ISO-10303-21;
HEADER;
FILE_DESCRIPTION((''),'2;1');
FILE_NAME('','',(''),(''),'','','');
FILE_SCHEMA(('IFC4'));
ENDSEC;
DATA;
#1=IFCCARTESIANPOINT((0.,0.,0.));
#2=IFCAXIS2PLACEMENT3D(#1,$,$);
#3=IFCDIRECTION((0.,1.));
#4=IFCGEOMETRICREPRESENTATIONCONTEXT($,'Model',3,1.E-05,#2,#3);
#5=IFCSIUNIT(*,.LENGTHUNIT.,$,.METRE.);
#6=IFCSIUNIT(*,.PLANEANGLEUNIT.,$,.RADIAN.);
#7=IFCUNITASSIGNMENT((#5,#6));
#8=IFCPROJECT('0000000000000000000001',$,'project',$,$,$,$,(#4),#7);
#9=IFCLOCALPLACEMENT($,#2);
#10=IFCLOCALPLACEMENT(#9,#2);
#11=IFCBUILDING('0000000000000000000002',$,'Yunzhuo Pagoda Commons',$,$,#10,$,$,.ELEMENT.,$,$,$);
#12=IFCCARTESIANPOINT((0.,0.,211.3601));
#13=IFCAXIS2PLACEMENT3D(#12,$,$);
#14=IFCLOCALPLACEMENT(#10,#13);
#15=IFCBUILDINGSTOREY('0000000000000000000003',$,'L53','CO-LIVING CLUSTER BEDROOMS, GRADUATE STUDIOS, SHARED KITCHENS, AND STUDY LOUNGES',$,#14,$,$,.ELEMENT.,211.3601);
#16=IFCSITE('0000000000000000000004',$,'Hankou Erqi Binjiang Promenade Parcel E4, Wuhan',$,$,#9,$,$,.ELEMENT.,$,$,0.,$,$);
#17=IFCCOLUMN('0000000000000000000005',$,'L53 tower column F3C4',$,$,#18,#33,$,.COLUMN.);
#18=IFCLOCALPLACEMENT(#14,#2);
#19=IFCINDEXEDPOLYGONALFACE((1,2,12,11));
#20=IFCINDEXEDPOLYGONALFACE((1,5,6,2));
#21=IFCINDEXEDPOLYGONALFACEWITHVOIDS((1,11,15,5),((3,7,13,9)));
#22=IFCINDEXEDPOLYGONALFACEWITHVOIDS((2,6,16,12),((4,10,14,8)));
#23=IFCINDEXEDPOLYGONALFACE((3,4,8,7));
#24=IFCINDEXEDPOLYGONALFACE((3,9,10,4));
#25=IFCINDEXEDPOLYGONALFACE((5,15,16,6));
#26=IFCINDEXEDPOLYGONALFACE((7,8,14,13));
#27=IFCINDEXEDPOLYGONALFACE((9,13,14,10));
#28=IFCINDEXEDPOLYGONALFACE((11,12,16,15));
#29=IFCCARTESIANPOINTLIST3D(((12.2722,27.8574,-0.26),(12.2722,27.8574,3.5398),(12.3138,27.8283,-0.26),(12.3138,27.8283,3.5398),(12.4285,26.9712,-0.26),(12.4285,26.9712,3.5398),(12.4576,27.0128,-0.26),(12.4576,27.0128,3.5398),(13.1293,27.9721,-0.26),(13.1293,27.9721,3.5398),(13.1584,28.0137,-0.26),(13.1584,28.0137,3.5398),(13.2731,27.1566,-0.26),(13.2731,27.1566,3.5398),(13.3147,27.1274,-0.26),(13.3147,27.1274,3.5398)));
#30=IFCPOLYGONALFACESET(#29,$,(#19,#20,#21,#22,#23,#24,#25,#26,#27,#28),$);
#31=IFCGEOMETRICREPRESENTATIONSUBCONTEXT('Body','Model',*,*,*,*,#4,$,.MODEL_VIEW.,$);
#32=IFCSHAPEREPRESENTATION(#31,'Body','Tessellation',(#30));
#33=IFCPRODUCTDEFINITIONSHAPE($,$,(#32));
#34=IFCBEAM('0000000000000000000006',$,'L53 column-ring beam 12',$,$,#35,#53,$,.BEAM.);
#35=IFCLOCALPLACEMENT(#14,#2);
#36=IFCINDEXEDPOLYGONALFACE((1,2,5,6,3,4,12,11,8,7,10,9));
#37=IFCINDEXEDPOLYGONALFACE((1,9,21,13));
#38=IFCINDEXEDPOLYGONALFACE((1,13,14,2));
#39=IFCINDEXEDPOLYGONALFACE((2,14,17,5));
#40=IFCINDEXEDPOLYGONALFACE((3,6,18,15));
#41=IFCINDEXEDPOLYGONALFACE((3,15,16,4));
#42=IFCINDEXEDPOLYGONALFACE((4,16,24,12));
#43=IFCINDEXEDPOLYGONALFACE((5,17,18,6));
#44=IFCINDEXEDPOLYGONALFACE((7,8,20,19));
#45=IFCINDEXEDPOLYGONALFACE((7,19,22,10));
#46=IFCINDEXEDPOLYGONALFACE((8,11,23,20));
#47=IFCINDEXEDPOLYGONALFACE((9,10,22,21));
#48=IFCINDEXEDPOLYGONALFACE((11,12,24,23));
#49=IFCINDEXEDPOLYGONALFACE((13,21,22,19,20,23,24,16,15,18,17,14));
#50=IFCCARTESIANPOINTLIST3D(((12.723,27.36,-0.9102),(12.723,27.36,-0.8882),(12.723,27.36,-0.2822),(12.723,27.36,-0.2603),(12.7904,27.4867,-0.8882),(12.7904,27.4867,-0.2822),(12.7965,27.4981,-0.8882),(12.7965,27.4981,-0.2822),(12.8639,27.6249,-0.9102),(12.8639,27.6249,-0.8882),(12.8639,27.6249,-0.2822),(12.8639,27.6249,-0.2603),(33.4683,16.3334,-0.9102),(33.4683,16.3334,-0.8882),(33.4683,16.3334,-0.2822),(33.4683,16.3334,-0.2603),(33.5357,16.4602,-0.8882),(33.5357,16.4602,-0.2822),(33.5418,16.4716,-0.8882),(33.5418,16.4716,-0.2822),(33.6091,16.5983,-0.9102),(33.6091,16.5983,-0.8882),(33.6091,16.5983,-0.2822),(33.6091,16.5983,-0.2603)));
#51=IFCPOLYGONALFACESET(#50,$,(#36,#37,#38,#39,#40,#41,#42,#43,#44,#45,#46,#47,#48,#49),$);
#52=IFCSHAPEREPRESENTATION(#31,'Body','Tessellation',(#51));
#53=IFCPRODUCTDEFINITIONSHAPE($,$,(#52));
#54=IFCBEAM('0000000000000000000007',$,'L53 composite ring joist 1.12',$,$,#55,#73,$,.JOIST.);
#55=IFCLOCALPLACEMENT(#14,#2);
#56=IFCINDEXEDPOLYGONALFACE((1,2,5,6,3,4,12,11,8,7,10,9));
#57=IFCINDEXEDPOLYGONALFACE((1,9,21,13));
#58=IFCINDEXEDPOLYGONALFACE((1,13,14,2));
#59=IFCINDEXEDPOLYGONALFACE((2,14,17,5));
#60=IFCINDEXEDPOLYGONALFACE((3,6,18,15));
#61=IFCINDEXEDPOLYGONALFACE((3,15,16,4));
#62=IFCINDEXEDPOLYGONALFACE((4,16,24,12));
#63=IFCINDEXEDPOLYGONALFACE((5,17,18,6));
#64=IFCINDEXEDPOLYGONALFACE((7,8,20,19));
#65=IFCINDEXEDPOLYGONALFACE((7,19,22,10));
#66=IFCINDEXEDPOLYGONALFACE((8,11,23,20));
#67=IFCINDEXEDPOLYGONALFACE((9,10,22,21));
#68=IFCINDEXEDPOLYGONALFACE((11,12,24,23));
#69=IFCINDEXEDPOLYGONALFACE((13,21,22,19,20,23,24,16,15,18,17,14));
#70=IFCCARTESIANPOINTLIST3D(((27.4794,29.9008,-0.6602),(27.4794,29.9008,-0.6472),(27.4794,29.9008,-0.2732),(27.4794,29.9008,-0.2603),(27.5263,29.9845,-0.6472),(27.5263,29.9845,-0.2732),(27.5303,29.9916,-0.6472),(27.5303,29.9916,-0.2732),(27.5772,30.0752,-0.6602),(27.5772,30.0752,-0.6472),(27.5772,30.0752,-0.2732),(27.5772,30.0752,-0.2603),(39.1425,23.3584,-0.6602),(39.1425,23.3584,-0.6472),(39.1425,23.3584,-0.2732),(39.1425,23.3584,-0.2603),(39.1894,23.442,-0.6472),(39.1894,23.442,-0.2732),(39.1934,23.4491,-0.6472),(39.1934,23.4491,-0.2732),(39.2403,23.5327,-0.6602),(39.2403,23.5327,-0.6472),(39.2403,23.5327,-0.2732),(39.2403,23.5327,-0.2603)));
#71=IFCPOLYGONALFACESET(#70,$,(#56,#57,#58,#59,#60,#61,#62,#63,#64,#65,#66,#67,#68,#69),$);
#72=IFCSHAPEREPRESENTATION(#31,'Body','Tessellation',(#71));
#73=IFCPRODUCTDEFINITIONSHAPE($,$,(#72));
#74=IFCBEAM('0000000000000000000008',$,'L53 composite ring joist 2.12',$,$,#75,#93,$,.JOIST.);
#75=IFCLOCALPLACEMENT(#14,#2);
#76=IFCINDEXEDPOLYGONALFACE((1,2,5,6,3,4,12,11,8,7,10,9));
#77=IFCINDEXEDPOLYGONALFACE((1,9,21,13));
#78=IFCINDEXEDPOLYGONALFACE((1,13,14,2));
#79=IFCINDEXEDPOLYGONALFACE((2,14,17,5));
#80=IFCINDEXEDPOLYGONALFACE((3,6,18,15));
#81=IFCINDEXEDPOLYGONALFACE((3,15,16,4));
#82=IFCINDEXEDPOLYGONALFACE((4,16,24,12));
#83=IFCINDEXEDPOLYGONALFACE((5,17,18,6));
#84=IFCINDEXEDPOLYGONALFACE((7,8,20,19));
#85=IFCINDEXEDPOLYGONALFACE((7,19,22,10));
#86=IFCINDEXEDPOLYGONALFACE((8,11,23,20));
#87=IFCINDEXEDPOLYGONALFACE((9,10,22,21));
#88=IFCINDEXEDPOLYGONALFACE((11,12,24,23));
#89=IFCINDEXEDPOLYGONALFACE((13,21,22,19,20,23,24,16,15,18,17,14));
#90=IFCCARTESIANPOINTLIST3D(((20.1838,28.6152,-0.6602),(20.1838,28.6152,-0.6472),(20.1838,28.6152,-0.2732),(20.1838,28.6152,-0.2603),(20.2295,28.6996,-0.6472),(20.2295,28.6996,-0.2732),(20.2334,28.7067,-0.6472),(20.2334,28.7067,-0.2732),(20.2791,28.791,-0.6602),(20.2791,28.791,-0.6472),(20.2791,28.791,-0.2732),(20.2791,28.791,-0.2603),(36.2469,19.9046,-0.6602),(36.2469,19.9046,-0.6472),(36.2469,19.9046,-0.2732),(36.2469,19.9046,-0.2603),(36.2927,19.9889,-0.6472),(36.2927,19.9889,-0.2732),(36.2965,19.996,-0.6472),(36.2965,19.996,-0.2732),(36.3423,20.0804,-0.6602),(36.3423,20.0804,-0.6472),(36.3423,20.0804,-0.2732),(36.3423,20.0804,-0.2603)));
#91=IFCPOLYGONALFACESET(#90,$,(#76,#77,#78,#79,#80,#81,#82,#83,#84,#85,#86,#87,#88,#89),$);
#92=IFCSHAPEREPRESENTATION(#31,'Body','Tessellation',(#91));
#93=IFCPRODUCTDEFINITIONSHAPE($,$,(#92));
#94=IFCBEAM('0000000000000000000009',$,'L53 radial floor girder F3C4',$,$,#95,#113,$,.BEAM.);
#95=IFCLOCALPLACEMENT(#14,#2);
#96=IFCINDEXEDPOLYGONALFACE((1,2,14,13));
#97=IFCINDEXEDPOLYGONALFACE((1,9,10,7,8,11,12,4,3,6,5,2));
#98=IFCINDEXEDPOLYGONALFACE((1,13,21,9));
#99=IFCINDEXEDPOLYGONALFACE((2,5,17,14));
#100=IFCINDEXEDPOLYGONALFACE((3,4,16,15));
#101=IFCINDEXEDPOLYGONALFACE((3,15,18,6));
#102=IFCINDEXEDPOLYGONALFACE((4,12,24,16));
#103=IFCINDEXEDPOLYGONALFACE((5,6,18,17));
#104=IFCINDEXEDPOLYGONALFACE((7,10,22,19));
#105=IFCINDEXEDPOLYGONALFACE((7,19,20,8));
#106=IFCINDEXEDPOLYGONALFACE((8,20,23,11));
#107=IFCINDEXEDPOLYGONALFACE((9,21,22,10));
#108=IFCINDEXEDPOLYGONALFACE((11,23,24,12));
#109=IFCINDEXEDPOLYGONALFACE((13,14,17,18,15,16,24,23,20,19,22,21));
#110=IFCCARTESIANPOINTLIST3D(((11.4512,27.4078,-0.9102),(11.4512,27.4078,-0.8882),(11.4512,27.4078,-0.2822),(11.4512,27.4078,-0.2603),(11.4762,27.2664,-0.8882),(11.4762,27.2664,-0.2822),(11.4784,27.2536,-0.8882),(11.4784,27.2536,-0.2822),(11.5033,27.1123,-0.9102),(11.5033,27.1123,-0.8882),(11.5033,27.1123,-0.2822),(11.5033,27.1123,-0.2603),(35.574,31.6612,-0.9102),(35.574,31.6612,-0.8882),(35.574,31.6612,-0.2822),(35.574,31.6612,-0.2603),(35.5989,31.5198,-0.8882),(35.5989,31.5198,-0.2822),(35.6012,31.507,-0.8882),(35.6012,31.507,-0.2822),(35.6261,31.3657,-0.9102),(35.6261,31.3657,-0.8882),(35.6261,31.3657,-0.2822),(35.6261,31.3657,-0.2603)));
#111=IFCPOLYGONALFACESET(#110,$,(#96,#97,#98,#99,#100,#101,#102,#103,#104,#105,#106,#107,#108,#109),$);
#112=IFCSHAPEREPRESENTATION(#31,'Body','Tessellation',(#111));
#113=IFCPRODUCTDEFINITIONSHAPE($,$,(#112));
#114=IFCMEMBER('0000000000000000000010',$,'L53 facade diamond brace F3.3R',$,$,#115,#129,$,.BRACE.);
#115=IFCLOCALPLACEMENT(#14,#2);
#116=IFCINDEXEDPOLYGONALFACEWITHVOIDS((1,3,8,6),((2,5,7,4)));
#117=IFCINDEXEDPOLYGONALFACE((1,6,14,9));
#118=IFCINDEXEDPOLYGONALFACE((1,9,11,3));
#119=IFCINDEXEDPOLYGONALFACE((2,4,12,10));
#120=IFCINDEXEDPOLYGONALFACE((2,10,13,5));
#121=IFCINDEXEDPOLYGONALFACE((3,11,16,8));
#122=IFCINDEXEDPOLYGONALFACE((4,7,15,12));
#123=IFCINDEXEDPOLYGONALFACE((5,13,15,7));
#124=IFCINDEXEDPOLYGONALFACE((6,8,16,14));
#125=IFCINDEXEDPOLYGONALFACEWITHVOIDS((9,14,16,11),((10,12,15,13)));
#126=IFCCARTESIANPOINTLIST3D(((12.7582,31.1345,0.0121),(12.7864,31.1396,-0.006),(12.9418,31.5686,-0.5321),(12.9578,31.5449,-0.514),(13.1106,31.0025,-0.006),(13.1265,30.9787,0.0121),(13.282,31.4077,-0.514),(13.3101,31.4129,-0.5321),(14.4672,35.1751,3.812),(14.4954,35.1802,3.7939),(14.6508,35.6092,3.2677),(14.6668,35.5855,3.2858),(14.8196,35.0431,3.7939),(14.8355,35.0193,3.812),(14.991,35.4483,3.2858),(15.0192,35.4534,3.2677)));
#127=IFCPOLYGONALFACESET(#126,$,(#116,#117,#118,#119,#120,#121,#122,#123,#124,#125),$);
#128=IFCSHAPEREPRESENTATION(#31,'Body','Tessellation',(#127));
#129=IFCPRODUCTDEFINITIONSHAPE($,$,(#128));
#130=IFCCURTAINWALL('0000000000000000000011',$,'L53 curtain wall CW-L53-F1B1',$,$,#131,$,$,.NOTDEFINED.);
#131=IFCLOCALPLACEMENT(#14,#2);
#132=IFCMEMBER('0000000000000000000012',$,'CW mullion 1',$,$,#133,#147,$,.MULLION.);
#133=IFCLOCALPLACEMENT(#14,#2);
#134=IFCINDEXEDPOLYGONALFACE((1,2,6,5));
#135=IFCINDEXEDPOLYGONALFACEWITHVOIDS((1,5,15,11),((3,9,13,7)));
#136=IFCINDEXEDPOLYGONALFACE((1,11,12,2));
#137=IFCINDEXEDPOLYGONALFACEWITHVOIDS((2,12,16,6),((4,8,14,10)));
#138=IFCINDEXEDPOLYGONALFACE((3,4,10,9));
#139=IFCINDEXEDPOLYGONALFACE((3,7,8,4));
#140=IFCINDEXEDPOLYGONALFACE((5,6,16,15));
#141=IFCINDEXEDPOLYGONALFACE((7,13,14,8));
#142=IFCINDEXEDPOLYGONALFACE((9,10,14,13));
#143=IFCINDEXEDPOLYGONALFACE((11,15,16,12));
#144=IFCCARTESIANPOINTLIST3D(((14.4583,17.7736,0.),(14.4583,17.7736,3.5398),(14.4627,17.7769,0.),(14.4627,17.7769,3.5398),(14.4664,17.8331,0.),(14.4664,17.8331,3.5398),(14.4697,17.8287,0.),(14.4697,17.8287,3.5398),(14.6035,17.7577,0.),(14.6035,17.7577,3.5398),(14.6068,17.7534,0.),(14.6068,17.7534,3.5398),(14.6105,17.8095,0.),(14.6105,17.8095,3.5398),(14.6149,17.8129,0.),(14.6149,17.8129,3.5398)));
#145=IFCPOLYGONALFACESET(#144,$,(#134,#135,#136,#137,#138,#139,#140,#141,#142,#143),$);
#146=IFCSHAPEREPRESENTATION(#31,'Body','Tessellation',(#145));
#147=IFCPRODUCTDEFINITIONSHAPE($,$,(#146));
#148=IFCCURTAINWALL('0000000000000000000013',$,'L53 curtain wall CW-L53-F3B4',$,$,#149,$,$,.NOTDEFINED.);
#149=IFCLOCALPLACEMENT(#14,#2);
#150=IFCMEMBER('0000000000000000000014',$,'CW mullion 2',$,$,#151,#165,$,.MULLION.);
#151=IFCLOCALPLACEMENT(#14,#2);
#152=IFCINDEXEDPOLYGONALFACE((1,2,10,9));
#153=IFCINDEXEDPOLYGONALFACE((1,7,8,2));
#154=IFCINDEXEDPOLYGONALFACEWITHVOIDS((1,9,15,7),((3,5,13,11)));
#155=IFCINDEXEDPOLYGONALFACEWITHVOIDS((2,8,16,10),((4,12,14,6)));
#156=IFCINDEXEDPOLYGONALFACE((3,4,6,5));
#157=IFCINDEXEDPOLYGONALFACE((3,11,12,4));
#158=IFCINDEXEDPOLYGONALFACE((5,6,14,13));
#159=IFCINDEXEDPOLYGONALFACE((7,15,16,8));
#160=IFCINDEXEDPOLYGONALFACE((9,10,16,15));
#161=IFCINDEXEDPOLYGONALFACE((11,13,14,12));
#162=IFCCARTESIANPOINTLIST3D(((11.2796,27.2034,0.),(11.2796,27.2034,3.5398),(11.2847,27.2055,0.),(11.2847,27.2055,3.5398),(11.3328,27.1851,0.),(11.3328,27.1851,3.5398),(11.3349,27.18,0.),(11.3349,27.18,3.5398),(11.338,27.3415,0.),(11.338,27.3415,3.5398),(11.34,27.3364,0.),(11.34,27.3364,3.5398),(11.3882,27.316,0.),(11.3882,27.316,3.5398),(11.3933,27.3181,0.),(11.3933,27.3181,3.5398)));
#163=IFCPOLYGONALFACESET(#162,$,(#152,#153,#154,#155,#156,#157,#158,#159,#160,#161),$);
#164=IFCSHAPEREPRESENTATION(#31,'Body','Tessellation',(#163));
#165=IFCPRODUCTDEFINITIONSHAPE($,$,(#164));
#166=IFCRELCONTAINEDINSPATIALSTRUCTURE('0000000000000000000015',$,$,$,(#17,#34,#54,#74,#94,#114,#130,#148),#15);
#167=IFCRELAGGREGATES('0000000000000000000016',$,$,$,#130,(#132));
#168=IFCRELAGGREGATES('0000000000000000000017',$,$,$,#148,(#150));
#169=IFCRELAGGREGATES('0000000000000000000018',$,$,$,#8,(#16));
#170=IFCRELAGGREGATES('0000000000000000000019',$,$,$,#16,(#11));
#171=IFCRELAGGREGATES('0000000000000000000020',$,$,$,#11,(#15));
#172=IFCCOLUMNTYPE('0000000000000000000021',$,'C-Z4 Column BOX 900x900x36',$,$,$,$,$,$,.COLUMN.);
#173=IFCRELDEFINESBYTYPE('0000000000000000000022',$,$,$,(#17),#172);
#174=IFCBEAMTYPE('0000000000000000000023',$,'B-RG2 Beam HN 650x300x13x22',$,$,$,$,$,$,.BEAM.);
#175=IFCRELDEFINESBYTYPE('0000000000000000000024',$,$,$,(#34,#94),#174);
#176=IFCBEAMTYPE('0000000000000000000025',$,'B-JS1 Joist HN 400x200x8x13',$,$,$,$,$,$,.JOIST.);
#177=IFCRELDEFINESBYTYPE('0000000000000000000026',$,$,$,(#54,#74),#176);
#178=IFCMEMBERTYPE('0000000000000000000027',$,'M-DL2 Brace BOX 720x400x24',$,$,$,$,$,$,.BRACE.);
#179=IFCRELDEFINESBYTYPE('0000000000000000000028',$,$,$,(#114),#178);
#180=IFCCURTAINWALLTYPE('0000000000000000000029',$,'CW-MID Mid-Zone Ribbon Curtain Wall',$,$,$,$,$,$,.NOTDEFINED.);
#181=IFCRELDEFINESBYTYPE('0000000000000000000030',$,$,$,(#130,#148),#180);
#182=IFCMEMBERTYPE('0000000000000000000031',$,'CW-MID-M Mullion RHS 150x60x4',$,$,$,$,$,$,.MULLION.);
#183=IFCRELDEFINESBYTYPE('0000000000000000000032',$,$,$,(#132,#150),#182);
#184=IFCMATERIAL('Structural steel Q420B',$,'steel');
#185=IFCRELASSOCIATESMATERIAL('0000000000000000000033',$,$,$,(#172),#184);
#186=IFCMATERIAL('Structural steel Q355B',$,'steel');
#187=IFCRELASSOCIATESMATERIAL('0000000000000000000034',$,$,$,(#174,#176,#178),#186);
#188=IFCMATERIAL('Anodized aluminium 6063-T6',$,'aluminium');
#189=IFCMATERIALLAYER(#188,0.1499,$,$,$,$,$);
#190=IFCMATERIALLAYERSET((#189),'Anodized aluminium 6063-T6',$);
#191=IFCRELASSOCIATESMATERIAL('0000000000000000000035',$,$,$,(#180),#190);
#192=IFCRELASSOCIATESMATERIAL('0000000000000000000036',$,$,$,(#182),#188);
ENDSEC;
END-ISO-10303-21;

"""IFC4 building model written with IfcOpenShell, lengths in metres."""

from ifc_helpers import new_model, si_unit, direction, frame, origin, origin_2d, place, context, subcontext, project, spatial, hollow_rectangle, i_section, extrude, source, transform, mapped, material, layer, layer_set, material_profile, profile_set, type_object, element, aggregate, save


model = new_model("IFC4")

# Units and contexts
model_context = context("Model", 3, precision=1e-05, world=origin(), true_north=direction((0.0, 1.0)))
body_context = subcontext(model_context, "Body", "Model", "MODEL_VIEW")
ifc_project = project(units=[si_unit("LENGTHUNIT", "METRE"), si_unit("PLANEANGLEUNIT", "RADIAN")], contexts=[model_context])

# Site, building, storey
site_placement = place(None, origin())
site = spatial("IfcSite", under=ifc_project, at=site_placement, Name="Hankou Erqi Binjiang Promenade Parcel E4, Wuhan", CompositionType="ELEMENT", RefElevation=0.0)
building_placement = place(site_placement, origin())
building = spatial("IfcBuilding", under=site, at=building_placement, Name="Yunzhuo Pagoda Commons", CompositionType="ELEMENT")
storey_placement = place(building_placement, frame((0.0, 0.0, 211.3601)))
storey = spatial("IfcBuildingStorey", under=building, at=storey_placement, Name="L53", Description="CO-LIVING CLUSTER BEDROOMS, GRADUATE STUDIOS, SHARED KITCHENS, AND STUDY LOUNGES", CompositionType="ELEMENT", Elevation=211.3601)

# Column
ifc_material_1 = material(Name="Structural steel Q420B", Category="steel")
ifc_material_profile_1 = material_profile(ifc_material_1, hollow_rectangle(XDim=0.8999, YDim=0.8999, WallThickness=0.0359, at=origin_2d()), Name="Structural steel Q420B")
ifc_profile_set_1 = profile_set([ifc_material_profile_1], Name="Structural steel Q420B")
column_type = type_object("IfcColumnType", Name="C-Z4 Column BOX 900x900x36", PredefinedType="COLUMN", material=ifc_profile_set_1)
shared_shape_1 = source(origin(), body_context, "Body", "SweptSolid", [
    extrude(hollow_rectangle(XDim=0.8999, YDim=0.8999, WallThickness=0.0359, at=origin_2d()), origin(), (0.0, 0.0, 1.0), 3.7998),
])
column_placement = place(storey_placement, frame((12.7935, 27.4924, -0.26), z_axis=(0.0, 0.0, 1.0), x_axis=(0.173648, -0.984808, 0.0)))
element("IfcColumn", 1, at=column_placement, inside=storey, type_object=column_type, Name="L53 tower column F3C4", PredefinedType="COLUMN", context=body_context, shape_type="MappedRepresentation", body=[
    mapped(shared_shape_1, transform((0.0, 0.0, 0.0), scale=1.0)),
])

# Beams
ifc_material_2 = material(Name="Structural steel Q355B", Category="steel")
ifc_material_profile_2 = material_profile(ifc_material_2, i_section(OverallWidth=0.3, OverallDepth=0.6499, WebThickness=0.0129, FlangeThickness=0.022, at=origin_2d()), Name="Structural steel Q355B")
ifc_profile_set_2 = profile_set([ifc_material_profile_2], Name="Structural steel Q355B")
beam_type_1 = type_object("IfcBeamType", Name="B-RG2 Beam HN 650x300x13x22", PredefinedType="BEAM", material=ifc_profile_set_2)
shared_shape_2 = source(origin(), body_context, "Body", "SweptSolid", [
    extrude(i_section(OverallWidth=0.3, OverallDepth=0.6499, WebThickness=0.0129, FlangeThickness=0.022, at=origin_2d()), origin(), (0.0, 0.0, 1.0), 23.4937),
])
beam_1_placement = place(storey_placement, frame((12.7935, 27.4924, -0.5852), z_axis=(0.883016, -0.469342, 0.0), x_axis=(0.469342, 0.883016, 0.0)))
element("IfcBeam", 2, at=beam_1_placement, inside=storey, type_object=beam_type_1, Name="L53 column-ring beam 12", PredefinedType="BEAM", context=body_context, shape_type="MappedRepresentation", body=[
    mapped(shared_shape_2, transform((0.0, 0.0, 0.0), scale=1.0)),
])
ifc_material_profile_3 = material_profile(ifc_material_2, i_section(OverallWidth=0.2, OverallDepth=0.3999, WebThickness=0.0081, FlangeThickness=0.0129, at=origin_2d()), Name="Structural steel Q355B")
ifc_profile_set_3 = profile_set([ifc_material_profile_3], Name="Structural steel Q355B")
beam_type_2 = type_object("IfcBeamType", Name="B-JS1 Joist HN 400x200x8x13", PredefinedType="JOIST", material=ifc_profile_set_3)
shared_shape_3 = source(origin(), body_context, "Body", "SweptSolid", [
    extrude(i_section(OverallWidth=0.2, OverallDepth=0.3999, WebThickness=0.0081, FlangeThickness=0.0129, at=origin_2d()), origin(), (0.0, 0.0, 1.0), 13.3728),
])
beam_2_placement = place(storey_placement, frame((27.5283, 29.988, -0.4602), z_axis=(0.87215, -0.489238, 0.0), x_axis=(0.489238, 0.87215, 0.0)))
element("IfcBeam", 3, at=beam_2_placement, inside=storey, type_object=beam_type_2, Name="L53 composite ring joist 1.12", PredefinedType="JOIST", context=body_context, shape_type="MappedRepresentation", body=[
    mapped(shared_shape_3, transform((0.0, 0.0, 0.0), scale=1.0)),
])
shared_shape_4 = source(origin(), body_context, "Body", "SweptSolid", [
    extrude(i_section(OverallWidth=0.2, OverallDepth=0.3999, WebThickness=0.0081, FlangeThickness=0.0129, at=origin_2d()), origin(), (0.0, 0.0, 1.0), 18.2729),
])
beam_3_placement = place(storey_placement, frame((20.2314, 28.7031, -0.4602), z_axis=(0.879068, -0.476697, 0.0), x_axis=(0.476697, 0.879068, 0.0)))
element("IfcBeam", 4, at=beam_3_placement, inside=storey, type_object=beam_type_2, Name="L53 composite ring joist 2.12", PredefinedType="JOIST", context=body_context, shape_type="MappedRepresentation", body=[
    mapped(shared_shape_4, transform((0.0, 0.0, 0.0), scale=1.0)),
])
shared_shape_5 = source(origin(), body_context, "Body", "SweptSolid", [
    extrude(i_section(OverallWidth=0.3, OverallDepth=0.6499, WebThickness=0.0129, FlangeThickness=0.022, at=origin_2d()), origin(), (0.0, 0.0, 1.0), 24.4949),
])
beam_4_placement = place(storey_placement, frame((11.4773, 27.26, -0.5852), z_axis=(0.984808, 0.173645, 0.0), x_axis=(-0.173645, 0.984808, 0.0)))
element("IfcBeam", 5, at=beam_4_placement, inside=storey, type_object=beam_type_1, Name="L53 radial floor girder F3C4", PredefinedType="BEAM", context=body_context, shape_type="MappedRepresentation", body=[
    mapped(shared_shape_5, transform((0.0, 0.0, 0.0), scale=1.0)),
])

# Member
ifc_material_profile_4 = material_profile(ifc_material_2, hollow_rectangle(XDim=0.3999, YDim=0.72, WallThickness=0.0239, at=origin_2d()), Name="Structural steel Q355B")
ifc_profile_set_4 = profile_set([ifc_material_profile_4], Name="Structural steel Q355B")
member_type_1 = type_object("IfcMemberType", Name="M-DL2 Brace BOX 720x400x24", PredefinedType="BRACE", material=ifc_profile_set_4)
shared_shape_6 = source(origin(), body_context, "Body", "SweptSolid", [
    extrude(hollow_rectangle(XDim=0.3999, YDim=0.72, WallThickness=0.0239, at=origin_2d()), origin(), (0.0, 0.0, 1.0), 5.804),
])
member_1_placement = place(storey_placement, frame((13.0342, 31.2737, -0.26), z_axis=(0.294456, 0.696177, 0.654701), x_axis=(-0.921006, 0.389549, 0.0)))
element("IfcMember", 6, at=member_1_placement, inside=storey, type_object=member_type_1, Name="L53 facade diamond brace F3.3R", PredefinedType="BRACE", context=body_context, shape_type="MappedRepresentation", body=[
    mapped(shared_shape_6, transform((0.0, 0.0, 0.0), scale=1.0)),
])

# Curtain walls, members
ifc_material_3 = material(Name="Anodized aluminium 6063-T6", Category="aluminium")
ifc_layer_1 = layer(ifc_material_3, 0.1499)
ifc_layer_set_1 = layer_set([ifc_layer_1], Name="Anodized aluminium 6063-T6")
curtain_wall_type = type_object("IfcCurtainWallType", Name="CW-MID Mid-Zone Ribbon Curtain Wall", PredefinedType="NOTDEFINED", material=ifc_layer_set_1)
curtain_wall_1_placement = place(storey_placement, origin())
curtain_wall_1 = element("IfcCurtainWall", 7, at=curtain_wall_1_placement, inside=storey, type_object=curtain_wall_type, Name="L53 curtain wall CW-L53-F1B1", PredefinedType="NOTDEFINED")
ifc_material_profile_5 = material_profile(ifc_material_3, hollow_rectangle(XDim=0.0601, YDim=0.1499, WallThickness=0.0039, at=origin_2d()), Name="Anodized aluminium 6063-T6")
ifc_profile_set_5 = profile_set([ifc_material_profile_5], Name="Anodized aluminium 6063-T6")
member_type_2 = type_object("IfcMemberType", Name="CW-MID-M Mullion RHS 150x60x4", PredefinedType="MULLION", material=ifc_profile_set_5)
shared_shape_7 = source(origin(), body_context, "Body", "SweptSolid", [
    extrude(hollow_rectangle(XDim=0.0601, YDim=0.1499, WallThickness=0.0039, at=origin_2d()), origin(), (0.0, 0.0, 1.0), 3.5398),
])
member_2_placement = place(storey_placement, frame((14.5366, 17.7932, 0.0), z_axis=(0.0, 0.0, 1.0), x_axis=(0.134839, 0.990867, 0.0)))
member_2 = element("IfcMember", 8, at=member_2_placement, type_object=member_type_2, Name="CW mullion 1", PredefinedType="MULLION", context=body_context, shape_type="MappedRepresentation", body=[
    mapped(shared_shape_7, transform((0.0, 0.0, 0.0), scale=1.0)),
])
aggregate(curtain_wall_1, [member_2])
curtain_wall_2_placement = place(storey_placement, origin())
curtain_wall_2 = element("IfcCurtainWall", 9, at=curtain_wall_2_placement, inside=storey, type_object=curtain_wall_type, Name="L53 curtain wall CW-L53-F3B4", PredefinedType="NOTDEFINED")
member_3_placement = place(storey_placement, frame((11.3364, 27.2607, 0.0), z_axis=(0.0, 0.0, 1.0), x_axis=(0.920979, -0.389612, 0.0)))
member_3 = element("IfcMember", 10, at=member_3_placement, type_object=member_type_2, Name="CW mullion 2", PredefinedType="MULLION", context=body_context, shape_type="MappedRepresentation", body=[
    mapped(shared_shape_7, transform((0.0, 0.0, 0.0), scale=1.0)),
])

aggregate(curtain_wall_2, [member_3])

save(model, "model.ifc")
